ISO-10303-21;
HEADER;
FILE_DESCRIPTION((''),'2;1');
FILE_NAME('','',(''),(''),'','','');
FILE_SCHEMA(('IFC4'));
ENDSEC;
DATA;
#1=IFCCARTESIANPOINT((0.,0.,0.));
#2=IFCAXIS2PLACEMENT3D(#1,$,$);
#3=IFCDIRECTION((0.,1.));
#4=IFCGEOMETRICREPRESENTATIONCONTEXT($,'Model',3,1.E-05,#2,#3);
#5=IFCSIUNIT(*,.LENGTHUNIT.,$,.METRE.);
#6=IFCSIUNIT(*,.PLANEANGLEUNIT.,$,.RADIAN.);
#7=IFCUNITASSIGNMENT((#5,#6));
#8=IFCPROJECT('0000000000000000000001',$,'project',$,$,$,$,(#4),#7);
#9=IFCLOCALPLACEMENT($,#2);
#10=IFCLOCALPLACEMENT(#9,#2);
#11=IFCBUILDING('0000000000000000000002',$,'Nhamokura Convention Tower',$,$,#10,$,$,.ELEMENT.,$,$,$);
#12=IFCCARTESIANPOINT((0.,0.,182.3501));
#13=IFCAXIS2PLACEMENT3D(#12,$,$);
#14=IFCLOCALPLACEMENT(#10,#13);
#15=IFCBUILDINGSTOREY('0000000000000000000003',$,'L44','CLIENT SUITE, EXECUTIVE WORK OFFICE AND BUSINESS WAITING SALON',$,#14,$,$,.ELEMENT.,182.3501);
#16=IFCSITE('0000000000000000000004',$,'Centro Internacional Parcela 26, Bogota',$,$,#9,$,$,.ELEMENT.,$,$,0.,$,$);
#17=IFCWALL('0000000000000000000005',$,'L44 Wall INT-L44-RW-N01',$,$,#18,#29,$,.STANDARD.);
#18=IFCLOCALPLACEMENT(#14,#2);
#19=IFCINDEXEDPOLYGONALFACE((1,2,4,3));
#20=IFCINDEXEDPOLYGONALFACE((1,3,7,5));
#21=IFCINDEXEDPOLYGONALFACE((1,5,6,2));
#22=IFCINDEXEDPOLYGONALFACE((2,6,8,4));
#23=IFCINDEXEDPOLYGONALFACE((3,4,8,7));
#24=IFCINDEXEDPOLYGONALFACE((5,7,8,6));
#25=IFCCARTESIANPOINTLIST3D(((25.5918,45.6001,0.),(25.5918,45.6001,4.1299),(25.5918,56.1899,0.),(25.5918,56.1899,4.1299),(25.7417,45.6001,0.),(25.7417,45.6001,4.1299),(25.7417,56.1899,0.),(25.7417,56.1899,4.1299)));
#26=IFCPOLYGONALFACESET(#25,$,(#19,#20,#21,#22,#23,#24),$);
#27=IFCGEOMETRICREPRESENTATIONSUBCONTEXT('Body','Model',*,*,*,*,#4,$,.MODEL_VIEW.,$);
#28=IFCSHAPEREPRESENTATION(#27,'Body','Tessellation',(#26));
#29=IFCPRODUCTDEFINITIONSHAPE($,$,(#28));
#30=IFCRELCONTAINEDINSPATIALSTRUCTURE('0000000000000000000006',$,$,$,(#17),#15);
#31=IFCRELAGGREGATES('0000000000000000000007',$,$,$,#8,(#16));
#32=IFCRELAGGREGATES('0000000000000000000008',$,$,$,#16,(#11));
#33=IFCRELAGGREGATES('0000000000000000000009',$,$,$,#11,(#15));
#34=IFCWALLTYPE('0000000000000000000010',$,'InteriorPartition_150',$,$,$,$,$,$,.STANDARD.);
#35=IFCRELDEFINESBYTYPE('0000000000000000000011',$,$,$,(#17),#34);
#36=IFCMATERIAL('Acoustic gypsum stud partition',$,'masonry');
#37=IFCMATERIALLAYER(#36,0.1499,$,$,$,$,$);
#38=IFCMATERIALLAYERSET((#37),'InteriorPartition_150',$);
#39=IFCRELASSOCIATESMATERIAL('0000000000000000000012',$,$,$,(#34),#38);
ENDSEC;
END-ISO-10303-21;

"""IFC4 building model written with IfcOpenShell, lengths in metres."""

from ifc_helpers import new_model, si_unit, direction, frame, frame_2d, origin, place, context, subcontext, project, spatial, rectangle, extrude, material, layer, layer_set, type_object, element, save


model = new_model("IFC4")

# Units and contexts
model_context = context("Model", 3, precision=1e-05, world=origin(), true_north=direction((0.0, 1.0)))
body_context = subcontext(model_context, "Body", "Model", "MODEL_VIEW")
ifc_project = project(units=[si_unit("LENGTHUNIT", "METRE"), si_unit("PLANEANGLEUNIT", "RADIAN")], contexts=[model_context])

# Site, building, storey
site_placement = place(None, origin())
site = spatial("IfcSite", under=ifc_project, at=site_placement, Name="Centro Internacional Parcela 26, Bogota", CompositionType="ELEMENT", RefElevation=0.0)
building_placement = place(site_placement, origin())
building = spatial("IfcBuilding", under=site, at=building_placement, Name="Nhamokura Convention Tower", CompositionType="ELEMENT")
storey_placement = place(building_placement, frame((0.0, 0.0, 182.3501)))
storey = spatial("IfcBuildingStorey", under=building, at=storey_placement, Name="L44", Description="CLIENT SUITE, EXECUTIVE WORK OFFICE AND BUSINESS WAITING SALON", CompositionType="ELEMENT", Elevation=182.3501)

# Wall
ifc_material_1 = material(Name="Acoustic gypsum stud partition", Category="masonry")
ifc_layer_1 = layer(ifc_material_1, 0.1499)
ifc_layer_set_1 = layer_set([ifc_layer_1], Name="InteriorPartition_150")
wall_type_1 = type_object("IfcWallType", Name="InteriorPartition_150", PredefinedType="STANDARD", material=ifc_layer_set_1)
wall_1_placement = place(storey_placement, frame((25.6667, 45.6001, 0.0), z_axis=(0.0, 0.0, 1.0), x_axis=(0.0, 1.0, 0.0)))
element("IfcWall", 1, at=wall_1_placement, inside=storey, type_object=wall_type_1, Name="L44 Wall INT-L44-RW-N01", PredefinedType="STANDARD", context=body_context, shape_type="SweptSolid", body=[
    extrude(rectangle(XDim=10.5898, YDim=0.1499, at=frame_2d((5.2949, 0.0))), origin(), (0.0, 0.0, 1.0), 4.1299),
])

save(model, "model.ifc")
